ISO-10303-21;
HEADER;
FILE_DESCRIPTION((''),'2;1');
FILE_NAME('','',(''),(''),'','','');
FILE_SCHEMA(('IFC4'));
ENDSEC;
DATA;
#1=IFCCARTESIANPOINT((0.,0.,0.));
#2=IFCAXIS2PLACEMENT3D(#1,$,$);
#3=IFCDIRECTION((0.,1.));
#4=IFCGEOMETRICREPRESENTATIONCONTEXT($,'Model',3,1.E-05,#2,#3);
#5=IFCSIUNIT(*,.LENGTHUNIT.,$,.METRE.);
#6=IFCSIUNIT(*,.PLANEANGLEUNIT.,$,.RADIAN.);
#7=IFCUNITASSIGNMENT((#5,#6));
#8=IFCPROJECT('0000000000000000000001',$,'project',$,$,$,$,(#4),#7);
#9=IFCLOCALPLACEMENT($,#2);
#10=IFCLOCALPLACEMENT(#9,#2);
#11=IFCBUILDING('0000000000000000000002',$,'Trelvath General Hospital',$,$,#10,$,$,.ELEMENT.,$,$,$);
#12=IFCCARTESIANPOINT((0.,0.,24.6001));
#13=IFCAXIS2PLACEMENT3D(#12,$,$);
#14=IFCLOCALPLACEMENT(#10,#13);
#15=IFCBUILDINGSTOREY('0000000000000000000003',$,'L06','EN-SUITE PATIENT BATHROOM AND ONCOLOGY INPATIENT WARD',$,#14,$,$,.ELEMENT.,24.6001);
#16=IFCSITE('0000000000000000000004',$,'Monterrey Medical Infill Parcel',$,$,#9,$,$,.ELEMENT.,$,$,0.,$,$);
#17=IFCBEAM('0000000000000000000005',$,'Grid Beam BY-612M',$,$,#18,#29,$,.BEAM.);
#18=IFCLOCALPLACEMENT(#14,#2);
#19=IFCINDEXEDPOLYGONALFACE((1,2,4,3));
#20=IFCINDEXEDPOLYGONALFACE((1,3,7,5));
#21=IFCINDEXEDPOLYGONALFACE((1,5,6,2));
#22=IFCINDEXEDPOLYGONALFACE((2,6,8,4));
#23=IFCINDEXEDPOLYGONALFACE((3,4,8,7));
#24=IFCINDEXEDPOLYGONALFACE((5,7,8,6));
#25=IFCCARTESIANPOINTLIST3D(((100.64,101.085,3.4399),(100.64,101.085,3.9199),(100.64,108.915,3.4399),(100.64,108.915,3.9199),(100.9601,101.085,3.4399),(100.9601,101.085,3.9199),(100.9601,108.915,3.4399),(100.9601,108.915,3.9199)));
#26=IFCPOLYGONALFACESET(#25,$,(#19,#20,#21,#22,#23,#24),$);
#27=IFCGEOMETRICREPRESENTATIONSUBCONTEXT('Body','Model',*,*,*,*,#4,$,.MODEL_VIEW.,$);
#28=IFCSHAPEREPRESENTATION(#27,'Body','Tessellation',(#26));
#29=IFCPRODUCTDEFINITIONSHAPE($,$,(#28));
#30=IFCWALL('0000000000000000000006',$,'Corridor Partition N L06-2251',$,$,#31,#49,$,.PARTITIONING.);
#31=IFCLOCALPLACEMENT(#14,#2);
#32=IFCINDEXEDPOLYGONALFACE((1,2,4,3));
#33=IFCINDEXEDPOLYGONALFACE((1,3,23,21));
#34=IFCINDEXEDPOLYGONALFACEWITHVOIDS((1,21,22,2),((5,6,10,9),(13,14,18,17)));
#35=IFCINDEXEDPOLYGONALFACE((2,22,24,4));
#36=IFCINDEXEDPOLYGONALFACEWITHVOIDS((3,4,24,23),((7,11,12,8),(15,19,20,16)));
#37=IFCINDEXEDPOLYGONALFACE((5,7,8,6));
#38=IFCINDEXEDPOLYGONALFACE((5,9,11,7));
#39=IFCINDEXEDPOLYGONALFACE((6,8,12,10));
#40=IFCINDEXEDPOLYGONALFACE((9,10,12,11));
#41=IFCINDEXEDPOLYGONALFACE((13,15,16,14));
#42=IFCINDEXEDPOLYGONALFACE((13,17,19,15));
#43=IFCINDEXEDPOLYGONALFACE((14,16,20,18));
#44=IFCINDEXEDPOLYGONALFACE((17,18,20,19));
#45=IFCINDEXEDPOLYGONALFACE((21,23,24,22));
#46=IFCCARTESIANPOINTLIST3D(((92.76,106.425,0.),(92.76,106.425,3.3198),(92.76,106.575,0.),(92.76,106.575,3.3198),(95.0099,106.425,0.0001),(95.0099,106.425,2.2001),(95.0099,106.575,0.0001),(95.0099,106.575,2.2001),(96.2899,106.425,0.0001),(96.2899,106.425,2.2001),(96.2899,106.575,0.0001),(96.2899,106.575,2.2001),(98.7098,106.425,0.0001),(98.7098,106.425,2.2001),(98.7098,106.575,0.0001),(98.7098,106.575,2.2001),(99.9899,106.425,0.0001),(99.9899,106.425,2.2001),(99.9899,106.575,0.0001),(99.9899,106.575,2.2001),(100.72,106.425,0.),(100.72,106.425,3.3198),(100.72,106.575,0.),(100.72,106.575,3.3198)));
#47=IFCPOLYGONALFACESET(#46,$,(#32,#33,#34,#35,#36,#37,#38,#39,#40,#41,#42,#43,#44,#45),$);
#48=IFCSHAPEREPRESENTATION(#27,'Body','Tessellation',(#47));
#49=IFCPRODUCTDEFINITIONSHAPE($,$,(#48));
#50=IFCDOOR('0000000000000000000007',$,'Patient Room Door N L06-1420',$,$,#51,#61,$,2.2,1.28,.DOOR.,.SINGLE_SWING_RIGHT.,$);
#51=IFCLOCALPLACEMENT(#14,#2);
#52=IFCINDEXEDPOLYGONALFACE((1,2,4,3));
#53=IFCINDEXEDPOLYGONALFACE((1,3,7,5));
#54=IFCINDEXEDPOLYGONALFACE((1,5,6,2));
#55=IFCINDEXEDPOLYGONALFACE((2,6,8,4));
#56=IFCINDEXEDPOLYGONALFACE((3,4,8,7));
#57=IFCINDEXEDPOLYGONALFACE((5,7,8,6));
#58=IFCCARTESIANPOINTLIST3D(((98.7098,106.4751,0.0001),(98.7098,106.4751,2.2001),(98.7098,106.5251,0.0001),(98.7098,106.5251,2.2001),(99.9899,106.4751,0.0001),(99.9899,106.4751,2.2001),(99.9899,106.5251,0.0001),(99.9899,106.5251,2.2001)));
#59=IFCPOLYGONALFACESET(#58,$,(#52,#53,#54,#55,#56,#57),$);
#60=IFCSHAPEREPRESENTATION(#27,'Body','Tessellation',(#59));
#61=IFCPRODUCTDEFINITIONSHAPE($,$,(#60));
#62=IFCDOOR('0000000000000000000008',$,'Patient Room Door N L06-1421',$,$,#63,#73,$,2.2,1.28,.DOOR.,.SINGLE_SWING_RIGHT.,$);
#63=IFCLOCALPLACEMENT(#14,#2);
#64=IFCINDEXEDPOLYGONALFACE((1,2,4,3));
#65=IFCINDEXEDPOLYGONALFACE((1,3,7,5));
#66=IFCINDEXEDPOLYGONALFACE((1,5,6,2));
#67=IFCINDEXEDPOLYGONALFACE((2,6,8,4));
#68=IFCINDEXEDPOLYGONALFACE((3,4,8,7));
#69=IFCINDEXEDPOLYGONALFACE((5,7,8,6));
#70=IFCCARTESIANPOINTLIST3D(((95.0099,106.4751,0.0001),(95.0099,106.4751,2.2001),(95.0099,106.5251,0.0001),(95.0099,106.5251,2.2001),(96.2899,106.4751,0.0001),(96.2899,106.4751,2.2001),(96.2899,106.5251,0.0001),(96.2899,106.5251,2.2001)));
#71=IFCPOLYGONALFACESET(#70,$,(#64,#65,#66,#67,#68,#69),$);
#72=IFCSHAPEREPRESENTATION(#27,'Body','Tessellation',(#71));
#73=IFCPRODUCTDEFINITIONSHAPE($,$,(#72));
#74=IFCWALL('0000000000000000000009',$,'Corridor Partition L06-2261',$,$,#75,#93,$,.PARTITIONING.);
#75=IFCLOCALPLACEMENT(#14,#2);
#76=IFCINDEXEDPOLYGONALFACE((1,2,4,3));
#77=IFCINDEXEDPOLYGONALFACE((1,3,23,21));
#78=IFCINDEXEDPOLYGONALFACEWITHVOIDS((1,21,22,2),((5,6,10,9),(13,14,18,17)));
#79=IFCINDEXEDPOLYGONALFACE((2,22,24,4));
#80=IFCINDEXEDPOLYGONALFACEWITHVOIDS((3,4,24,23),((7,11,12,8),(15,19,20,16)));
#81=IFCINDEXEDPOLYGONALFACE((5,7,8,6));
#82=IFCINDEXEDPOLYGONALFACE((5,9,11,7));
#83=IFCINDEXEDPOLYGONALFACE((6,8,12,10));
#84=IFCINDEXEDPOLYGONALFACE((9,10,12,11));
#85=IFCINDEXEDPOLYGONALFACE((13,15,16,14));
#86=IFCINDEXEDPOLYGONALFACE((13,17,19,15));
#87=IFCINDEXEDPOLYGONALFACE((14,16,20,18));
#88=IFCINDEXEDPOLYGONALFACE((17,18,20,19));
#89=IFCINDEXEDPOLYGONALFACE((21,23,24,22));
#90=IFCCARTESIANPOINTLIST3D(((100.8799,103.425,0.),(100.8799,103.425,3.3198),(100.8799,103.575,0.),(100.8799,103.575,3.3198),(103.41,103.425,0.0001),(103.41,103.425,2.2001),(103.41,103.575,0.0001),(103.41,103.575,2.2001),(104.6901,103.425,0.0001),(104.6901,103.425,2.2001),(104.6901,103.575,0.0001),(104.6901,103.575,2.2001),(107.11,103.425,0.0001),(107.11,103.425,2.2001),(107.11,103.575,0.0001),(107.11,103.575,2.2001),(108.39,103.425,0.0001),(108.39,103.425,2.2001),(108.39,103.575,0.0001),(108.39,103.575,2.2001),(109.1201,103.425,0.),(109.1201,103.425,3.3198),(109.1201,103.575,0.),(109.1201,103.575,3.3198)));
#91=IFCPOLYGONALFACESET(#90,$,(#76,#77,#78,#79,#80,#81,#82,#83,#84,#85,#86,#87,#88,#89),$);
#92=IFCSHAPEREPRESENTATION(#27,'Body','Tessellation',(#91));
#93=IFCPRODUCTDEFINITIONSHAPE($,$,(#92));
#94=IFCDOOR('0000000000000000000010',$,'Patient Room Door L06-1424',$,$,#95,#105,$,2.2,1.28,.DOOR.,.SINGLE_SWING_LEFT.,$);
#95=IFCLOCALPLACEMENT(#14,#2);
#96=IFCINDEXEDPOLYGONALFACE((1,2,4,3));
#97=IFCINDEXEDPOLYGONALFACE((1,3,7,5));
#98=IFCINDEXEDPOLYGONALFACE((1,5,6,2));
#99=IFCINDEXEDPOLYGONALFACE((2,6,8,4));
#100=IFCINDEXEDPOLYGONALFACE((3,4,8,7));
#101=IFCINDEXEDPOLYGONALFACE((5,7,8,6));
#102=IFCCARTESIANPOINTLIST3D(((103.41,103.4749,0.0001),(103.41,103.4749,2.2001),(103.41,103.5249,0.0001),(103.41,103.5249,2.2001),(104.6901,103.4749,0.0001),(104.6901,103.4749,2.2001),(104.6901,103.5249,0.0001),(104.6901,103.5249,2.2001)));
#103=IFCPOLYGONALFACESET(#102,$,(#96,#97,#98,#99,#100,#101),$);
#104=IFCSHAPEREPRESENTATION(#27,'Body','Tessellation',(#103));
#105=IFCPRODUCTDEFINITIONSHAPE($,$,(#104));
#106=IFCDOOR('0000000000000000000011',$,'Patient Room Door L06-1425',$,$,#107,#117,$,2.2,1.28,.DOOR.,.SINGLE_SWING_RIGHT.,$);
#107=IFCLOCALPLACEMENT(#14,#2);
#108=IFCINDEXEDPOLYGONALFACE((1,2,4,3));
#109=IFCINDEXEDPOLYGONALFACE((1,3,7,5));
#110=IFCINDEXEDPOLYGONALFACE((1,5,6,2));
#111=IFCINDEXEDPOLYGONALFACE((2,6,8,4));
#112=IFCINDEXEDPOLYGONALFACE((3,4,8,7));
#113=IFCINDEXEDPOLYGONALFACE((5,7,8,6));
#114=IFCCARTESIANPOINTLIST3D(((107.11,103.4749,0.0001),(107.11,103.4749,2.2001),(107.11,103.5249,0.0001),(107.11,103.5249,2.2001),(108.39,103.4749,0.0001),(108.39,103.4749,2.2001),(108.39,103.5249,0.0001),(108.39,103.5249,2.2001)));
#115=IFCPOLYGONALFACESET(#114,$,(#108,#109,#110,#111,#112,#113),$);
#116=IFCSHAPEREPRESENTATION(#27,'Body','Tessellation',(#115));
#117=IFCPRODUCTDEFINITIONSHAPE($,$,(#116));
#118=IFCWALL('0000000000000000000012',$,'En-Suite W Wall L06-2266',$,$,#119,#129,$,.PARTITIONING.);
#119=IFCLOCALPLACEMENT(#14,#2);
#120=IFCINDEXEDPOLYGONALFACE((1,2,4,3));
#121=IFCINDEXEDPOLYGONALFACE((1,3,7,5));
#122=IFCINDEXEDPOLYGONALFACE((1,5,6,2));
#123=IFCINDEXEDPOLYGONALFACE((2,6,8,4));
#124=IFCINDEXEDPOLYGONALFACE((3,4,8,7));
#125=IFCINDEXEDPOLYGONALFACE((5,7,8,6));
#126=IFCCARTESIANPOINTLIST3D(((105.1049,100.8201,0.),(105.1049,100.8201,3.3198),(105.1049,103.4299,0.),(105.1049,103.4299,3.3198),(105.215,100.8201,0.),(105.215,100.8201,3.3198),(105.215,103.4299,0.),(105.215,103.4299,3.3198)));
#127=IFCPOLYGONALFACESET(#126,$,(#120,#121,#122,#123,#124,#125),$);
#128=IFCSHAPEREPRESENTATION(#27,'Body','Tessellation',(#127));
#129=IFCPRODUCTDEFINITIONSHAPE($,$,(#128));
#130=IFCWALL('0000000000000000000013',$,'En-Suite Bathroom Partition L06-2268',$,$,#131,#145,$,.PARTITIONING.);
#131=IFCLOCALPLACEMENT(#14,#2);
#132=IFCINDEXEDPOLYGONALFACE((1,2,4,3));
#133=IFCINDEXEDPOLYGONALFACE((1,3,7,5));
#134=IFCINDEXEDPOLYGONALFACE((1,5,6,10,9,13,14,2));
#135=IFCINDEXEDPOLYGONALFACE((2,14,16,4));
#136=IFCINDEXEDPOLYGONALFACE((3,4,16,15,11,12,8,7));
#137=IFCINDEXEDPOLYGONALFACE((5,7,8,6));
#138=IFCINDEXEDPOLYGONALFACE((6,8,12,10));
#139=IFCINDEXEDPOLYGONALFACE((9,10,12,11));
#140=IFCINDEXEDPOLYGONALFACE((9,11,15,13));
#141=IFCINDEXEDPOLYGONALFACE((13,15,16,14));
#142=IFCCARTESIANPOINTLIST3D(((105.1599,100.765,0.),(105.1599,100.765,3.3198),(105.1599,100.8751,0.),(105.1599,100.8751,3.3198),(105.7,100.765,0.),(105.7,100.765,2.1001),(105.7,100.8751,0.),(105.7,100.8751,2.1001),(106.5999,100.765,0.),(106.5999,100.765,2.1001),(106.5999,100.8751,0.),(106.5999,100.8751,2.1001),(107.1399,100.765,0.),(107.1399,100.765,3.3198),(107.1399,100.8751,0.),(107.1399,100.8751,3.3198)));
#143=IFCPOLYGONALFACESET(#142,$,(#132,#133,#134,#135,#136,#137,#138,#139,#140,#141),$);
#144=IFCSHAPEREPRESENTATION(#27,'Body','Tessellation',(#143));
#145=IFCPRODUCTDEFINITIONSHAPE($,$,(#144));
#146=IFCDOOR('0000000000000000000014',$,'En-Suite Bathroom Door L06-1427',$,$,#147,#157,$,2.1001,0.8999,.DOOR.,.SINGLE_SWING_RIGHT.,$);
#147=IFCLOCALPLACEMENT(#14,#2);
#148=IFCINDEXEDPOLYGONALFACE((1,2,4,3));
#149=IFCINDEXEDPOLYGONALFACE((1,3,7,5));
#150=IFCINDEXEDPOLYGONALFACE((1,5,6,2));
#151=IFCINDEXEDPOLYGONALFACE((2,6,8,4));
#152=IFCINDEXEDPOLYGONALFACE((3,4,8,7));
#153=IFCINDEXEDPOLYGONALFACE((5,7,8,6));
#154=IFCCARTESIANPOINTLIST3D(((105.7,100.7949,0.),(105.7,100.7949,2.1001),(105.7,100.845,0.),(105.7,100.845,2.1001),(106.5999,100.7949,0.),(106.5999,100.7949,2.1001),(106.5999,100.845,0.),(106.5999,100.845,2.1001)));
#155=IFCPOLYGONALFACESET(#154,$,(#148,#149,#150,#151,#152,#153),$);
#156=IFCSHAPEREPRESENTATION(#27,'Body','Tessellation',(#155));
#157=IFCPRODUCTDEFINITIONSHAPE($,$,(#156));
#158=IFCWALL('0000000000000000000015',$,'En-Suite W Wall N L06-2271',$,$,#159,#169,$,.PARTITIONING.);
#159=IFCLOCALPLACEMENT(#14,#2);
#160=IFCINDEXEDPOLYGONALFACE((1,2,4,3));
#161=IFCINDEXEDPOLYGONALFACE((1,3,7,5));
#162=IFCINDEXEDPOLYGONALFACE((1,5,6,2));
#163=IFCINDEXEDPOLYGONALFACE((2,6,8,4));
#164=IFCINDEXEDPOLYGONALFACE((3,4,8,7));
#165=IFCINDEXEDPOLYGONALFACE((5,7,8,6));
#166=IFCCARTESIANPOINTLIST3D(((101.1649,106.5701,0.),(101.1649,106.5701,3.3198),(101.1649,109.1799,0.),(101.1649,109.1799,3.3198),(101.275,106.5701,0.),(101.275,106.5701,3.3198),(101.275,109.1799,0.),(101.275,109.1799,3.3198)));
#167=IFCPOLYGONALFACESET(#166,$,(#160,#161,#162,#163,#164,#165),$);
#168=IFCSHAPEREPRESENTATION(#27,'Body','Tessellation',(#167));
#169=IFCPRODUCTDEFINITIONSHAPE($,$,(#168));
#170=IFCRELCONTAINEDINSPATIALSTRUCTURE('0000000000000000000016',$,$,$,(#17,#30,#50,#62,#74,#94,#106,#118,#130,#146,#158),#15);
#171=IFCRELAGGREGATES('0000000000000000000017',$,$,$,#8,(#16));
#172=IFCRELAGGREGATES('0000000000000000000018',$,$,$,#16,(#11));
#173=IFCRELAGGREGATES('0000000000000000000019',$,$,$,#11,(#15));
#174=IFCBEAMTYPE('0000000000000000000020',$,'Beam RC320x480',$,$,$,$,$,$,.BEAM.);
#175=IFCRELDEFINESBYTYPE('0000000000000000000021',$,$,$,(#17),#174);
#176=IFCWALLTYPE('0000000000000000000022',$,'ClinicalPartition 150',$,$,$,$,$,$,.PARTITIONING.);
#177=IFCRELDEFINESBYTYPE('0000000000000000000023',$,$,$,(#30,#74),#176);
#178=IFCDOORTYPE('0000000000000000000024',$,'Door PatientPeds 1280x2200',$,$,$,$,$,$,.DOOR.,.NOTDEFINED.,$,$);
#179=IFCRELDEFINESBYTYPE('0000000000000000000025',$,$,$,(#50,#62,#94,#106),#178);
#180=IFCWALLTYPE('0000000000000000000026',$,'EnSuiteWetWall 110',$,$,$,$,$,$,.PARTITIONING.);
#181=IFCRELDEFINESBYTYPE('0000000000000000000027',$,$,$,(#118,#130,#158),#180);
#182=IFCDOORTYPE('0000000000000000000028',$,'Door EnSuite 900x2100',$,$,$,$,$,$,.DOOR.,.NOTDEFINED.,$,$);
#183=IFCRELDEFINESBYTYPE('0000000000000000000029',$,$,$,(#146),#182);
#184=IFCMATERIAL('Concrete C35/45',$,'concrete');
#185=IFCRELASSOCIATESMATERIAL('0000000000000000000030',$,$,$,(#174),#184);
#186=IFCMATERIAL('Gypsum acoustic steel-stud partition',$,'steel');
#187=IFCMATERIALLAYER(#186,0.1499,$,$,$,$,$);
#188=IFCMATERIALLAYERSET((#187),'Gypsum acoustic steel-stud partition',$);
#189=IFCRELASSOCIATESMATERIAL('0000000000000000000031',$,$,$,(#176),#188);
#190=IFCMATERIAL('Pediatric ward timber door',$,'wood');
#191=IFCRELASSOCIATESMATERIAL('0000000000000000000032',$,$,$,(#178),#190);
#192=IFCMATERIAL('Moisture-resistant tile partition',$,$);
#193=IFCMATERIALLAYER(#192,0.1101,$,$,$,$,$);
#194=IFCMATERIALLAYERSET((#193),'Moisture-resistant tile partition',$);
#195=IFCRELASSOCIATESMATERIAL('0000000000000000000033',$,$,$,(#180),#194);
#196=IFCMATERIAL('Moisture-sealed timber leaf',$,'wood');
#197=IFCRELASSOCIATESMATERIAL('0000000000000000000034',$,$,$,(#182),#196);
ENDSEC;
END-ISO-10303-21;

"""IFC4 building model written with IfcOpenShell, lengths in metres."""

from ifc_helpers import new_model, si_unit, direction, frame, frame_2d, origin, origin_2d, place, context, subcontext, project, spatial, rectangle, extrude, material, layer, layer_set, material_profile, profile_set, type_object, element, fill, save


model = new_model("IFC4")

# Units and contexts
model_context = context("Model", 3, precision=1e-05, world=origin(), true_north=direction((0.0, 1.0)))
body_context = subcontext(model_context, "Body", "Model", "MODEL_VIEW")
ifc_project = project(units=[si_unit("LENGTHUNIT", "METRE"), si_unit("PLANEANGLEUNIT", "RADIAN")], contexts=[model_context])

# Site, building, storey
site_placement = place(None, origin())
site = spatial("IfcSite", under=ifc_project, at=site_placement, Name="Monterrey Medical Infill Parcel", CompositionType="ELEMENT", RefElevation=0.0)
building_placement = place(site_placement, origin())
building = spatial("IfcBuilding", under=site, at=building_placement, Name="Trelvath General Hospital", CompositionType="ELEMENT")
storey_placement = place(building_placement, frame((0.0, 0.0, 24.6001)))
storey = spatial("IfcBuildingStorey", under=building, at=storey_placement, Name="L06", Description="EN-SUITE PATIENT BATHROOM AND ONCOLOGY INPATIENT WARD", CompositionType="ELEMENT", Elevation=24.6001)

# Beam
ifc_material_1 = material(Name="Concrete C35/45", Category="concrete")
ifc_material_profile = material_profile(ifc_material_1, rectangle(XDim=0.3201, YDim=0.48, at=origin_2d()), Name="RCB320x480")
ifc_profile_set = profile_set([ifc_material_profile], Name="Concrete C35/45")
beam_type = type_object("IfcBeamType", Name="Beam RC320x480", PredefinedType="BEAM", material=ifc_profile_set)
beam_placement = place(storey_placement, frame((100.8, 101.085, 3.6799), z_axis=(0.0, 1.0, 0.0), x_axis=(-1.0, 0.0, 0.0)))
element("IfcBeam", 1, at=beam_placement, inside=storey, type_object=beam_type, Name="Grid Beam BY-612M", PredefinedType="BEAM", context=body_context, shape_type="SweptSolid", body=[
    extrude(rectangle(XDim=0.3201, YDim=0.48, at=origin_2d()), origin(), (0.0, 0.0, 1.0), 7.8301),
])

# Walls, openings, doors
ifc_material_2 = material(Name="Gypsum acoustic steel-stud partition", Category="steel")
ifc_layer_1 = layer(ifc_material_2, 0.1499)
ifc_layer_set_1 = layer_set([ifc_layer_1], Name="Gypsum acoustic steel-stud partition")
wall_type_1 = type_object("IfcWallType", Name="ClinicalPartition 150", PredefinedType="PARTITIONING", material=ifc_layer_set_1)
wall_1_placement = place(storey_placement, frame((100.72, 106.5, 0.0), z_axis=(0.0, 0.0, 1.0), x_axis=(-1.0, 0.0, 0.0)))
wall_1 = element("IfcWall", 2, at=wall_1_placement, inside=storey, type_object=wall_type_1, Name="Corridor Partition N L06-2251", PredefinedType="PARTITIONING", context=body_context, shape_type="SweptSolid", body=[
    extrude(rectangle(XDim=7.96, YDim=0.1499, at=frame_2d((3.98, 0.0))), origin(), (0.0, 0.0, 1.0), 3.3198),
])
opening_1_placement = place(wall_1_placement, frame((0.73, 0.0, 0.0)))
opening_1 = element("IfcOpeningElement", 3, at=opening_1_placement, cuts=wall_1, PredefinedType="OPENING", context=body_context, shape_type="SweptSolid", body=[
    extrude(rectangle(XDim=1.28, YDim=2.2, at=frame_2d((0.6401, 1.1001))), frame((0.0, 0.085, 0.0), z_axis=(0.0, -1.0, 0.0), x_axis=(1.0, 0.0, 0.0)), (0.0, 0.0, 1.0), 0.1699),
])
opening_2_placement = place(wall_1_placement, frame((4.4299, 0.0, 0.0)))
opening_2 = element("IfcOpeningElement", 4, at=opening_2_placement, cuts=wall_1, PredefinedType="OPENING", context=body_context, shape_type="SweptSolid", body=[
    extrude(rectangle(XDim=1.28, YDim=2.2, at=frame_2d((0.6401, 1.1001))), frame((0.0, 0.085, 0.0), z_axis=(0.0, -1.0, 0.0), x_axis=(1.0, 0.0, 0.0)), (0.0, 0.0, 1.0), 0.1699),
])
ifc_material_3 = material(Name="Pediatric ward timber door", Category="wood")
door_type_1 = type_object("IfcDoorType", Name="Door PatientPeds 1280x2200", OperationType="NOTDEFINED", PredefinedType="DOOR", material=ifc_material_3)
door_1_placement = place(opening_1_placement, origin())
door_1 = element("IfcDoor", 5, at=door_1_placement, inside=storey, type_object=door_type_1, Name="Patient Room Door N L06-1420", OperationType="SINGLE_SWING_RIGHT", OverallHeight=2.2, OverallWidth=1.28, PredefinedType="DOOR", context=body_context, shape_type="SweptSolid", body=[
    extrude(rectangle(XDim=1.28, YDim=2.2, at=frame_2d((0.6401, 1.1001))), frame((0.0, 0.0249, 0.0), z_axis=(0.0, -1.0, 0.0), x_axis=(1.0, 0.0, 0.0)), (0.0, 0.0, 1.0), 0.05),
])
fill(opening_1, door_1)
door_2_placement = place(opening_2_placement, origin())
door_2 = element("IfcDoor", 6, at=door_2_placement, inside=storey, type_object=door_type_1, Name="Patient Room Door N L06-1421", OperationType="SINGLE_SWING_RIGHT", OverallHeight=2.2, OverallWidth=1.28, PredefinedType="DOOR", context=body_context, shape_type="SweptSolid", body=[
    extrude(rectangle(XDim=1.28, YDim=2.2, at=frame_2d((0.6401, 1.1001))), frame((0.0, 0.0249, 0.0), z_axis=(0.0, -1.0, 0.0), x_axis=(1.0, 0.0, 0.0)), (0.0, 0.0, 1.0), 0.05),
])
fill(opening_2, door_2)
wall_2_placement = place(storey_placement, frame((100.8799, 103.5, 0.0), z_axis=(0.0, 0.0, 1.0), x_axis=(1.0, 0.0, 0.0)))
wall_2 = element("IfcWall", 7, at=wall_2_placement, inside=storey, type_object=wall_type_1, Name="Corridor Partition L06-2261", PredefinedType="PARTITIONING", context=body_context, shape_type="SweptSolid", body=[
    extrude(rectangle(XDim=8.2402, YDim=0.1499, at=frame_2d((4.1201, 0.0))), origin(), (0.0, 0.0, 1.0), 3.3198),
])
opening_3_placement = place(wall_2_placement, frame((2.53, 0.0, 0.0)))
opening_3 = element("IfcOpeningElement", 8, at=opening_3_placement, cuts=wall_2, PredefinedType="OPENING", context=body_context, shape_type="SweptSolid", body=[
    extrude(rectangle(XDim=1.28, YDim=2.2, at=frame_2d((0.6401, 1.1001))), frame((0.0, 0.085, 0.0), z_axis=(0.0, -1.0, 0.0), x_axis=(1.0, 0.0, 0.0)), (0.0, 0.0, 1.0), 0.1699),
])
opening_4_placement = place(wall_2_placement, frame((6.23, 0.0, 0.0)))
opening_4 = element("IfcOpeningElement", 9, at=opening_4_placement, cuts=wall_2, PredefinedType="OPENING", context=body_context, shape_type="SweptSolid", body=[
    extrude(rectangle(XDim=1.28, YDim=2.2, at=frame_2d((0.6401, 1.1001))), frame((0.0, 0.085, 0.0), z_axis=(0.0, -1.0, 0.0), x_axis=(1.0, 0.0, 0.0)), (0.0, 0.0, 1.0), 0.1699),
])
door_3_placement = place(opening_3_placement, origin())
door_3 = element("IfcDoor", 10, at=door_3_placement, inside=storey, type_object=door_type_1, Name="Patient Room Door L06-1424", OperationType="SINGLE_SWING_LEFT", OverallHeight=2.2, OverallWidth=1.28, PredefinedType="DOOR", context=body_context, shape_type="SweptSolid", body=[
    extrude(rectangle(XDim=1.28, YDim=2.2, at=frame_2d((0.6401, 1.1001))), frame((0.0, 0.0249, 0.0), z_axis=(0.0, -1.0, 0.0), x_axis=(1.0, 0.0, 0.0)), (0.0, 0.0, 1.0), 0.05),
])
fill(opening_3, door_3)
door_4_placement = place(opening_4_placement, origin())
door_4 = element("IfcDoor", 11, at=door_4_placement, inside=storey, type_object=door_type_1, Name="Patient Room Door L06-1425", OperationType="SINGLE_SWING_RIGHT", OverallHeight=2.2, OverallWidth=1.28, PredefinedType="DOOR", context=body_context, shape_type="SweptSolid", body=[
    extrude(rectangle(XDim=1.28, YDim=2.2, at=frame_2d((0.6401, 1.1001))), frame((0.0, 0.0249, 0.0), z_axis=(0.0, -1.0, 0.0), x_axis=(1.0, 0.0, 0.0)), (0.0, 0.0, 1.0), 0.05),
])
fill(opening_4, door_4)

# Wall
ifc_material_4 = material(Name="Moisture-resistant tile partition")
ifc_layer_2 = layer(ifc_material_4, 0.1101)
ifc_layer_set_2 = layer_set([ifc_layer_2], Name="Moisture-resistant tile partition")
wall_type_2 = type_object("IfcWallType", Name="EnSuiteWetWall 110", PredefinedType="PARTITIONING", material=ifc_layer_set_2)
wall_3_placement = place(storey_placement, frame((105.1599, 100.8201, 0.0), z_axis=(0.0, 0.0, 1.0), x_axis=(0.0, 1.0, 0.0)))
element("IfcWall", 12, at=wall_3_placement, inside=storey, type_object=wall_type_2, Name="En-Suite W Wall L06-2266", PredefinedType="PARTITIONING", context=body_context, shape_type="SweptSolid", body=[
    extrude(rectangle(XDim=2.6099, YDim=0.1101, at=frame_2d((1.3049, 0.0))), origin(), (0.0, 0.0, 1.0), 3.3198),
])

# Wall, opening, door
wall_4_placement = place(storey_placement, frame((105.1599, 100.8201, 0.0), z_axis=(0.0, 0.0, 1.0), x_axis=(1.0, 0.0, 0.0)))
wall_4 = element("IfcWall", 13, at=wall_4_placement, inside=storey, type_object=wall_type_2, Name="En-Suite Bathroom Partition L06-2268", PredefinedType="PARTITIONING", context=body_context, shape_type="SweptSolid", body=[
    extrude(rectangle(XDim=1.98, YDim=0.1101, at=frame_2d((0.99, 0.0))), origin(), (0.0, 0.0, 1.0), 3.3198),
])
opening_5_placement = place(wall_4_placement, frame((0.54, 0.0, 0.0)))
opening_5 = element("IfcOpeningElement", 14, at=opening_5_placement, cuts=wall_4, PredefinedType="OPENING", context=body_context, shape_type="SweptSolid", body=[
    extrude(rectangle(XDim=0.8999, YDim=2.1001, at=frame_2d((0.45, 1.05))), frame((0.0, 0.0649, 0.0), z_axis=(0.0, -1.0, 0.0), x_axis=(1.0, 0.0, 0.0)), (0.0, 0.0, 1.0), 0.1301),
])
ifc_material_5 = material(Name="Moisture-sealed timber leaf", Category="wood")
door_type_2 = type_object("IfcDoorType", Name="Door EnSuite 900x2100", OperationType="NOTDEFINED", PredefinedType="DOOR", material=ifc_material_5)
door_5_placement = place(opening_5_placement, origin())
door_5 = element("IfcDoor", 15, at=door_5_placement, inside=storey, type_object=door_type_2, Name="En-Suite Bathroom Door L06-1427", OperationType="SINGLE_SWING_RIGHT", OverallHeight=2.1001, OverallWidth=0.8999, PredefinedType="DOOR", context=body_context, shape_type="SweptSolid", body=[
    extrude(rectangle(XDim=0.8999, YDim=2.1001, at=frame_2d((0.45, 1.05))), frame((0.0, 0.0249, 0.0), z_axis=(0.0, -1.0, 0.0), x_axis=(1.0, 0.0, 0.0)), (0.0, 0.0, 1.0), 0.05),
])
fill(opening_5, door_5)

# Wall
for number, where, z_axis, x_axis, name in (
    (16, (101.22, 106.5701, 0.0), (0.0, 0.0, 1.0), (0.0, 1.0, 0.0), "En-Suite W Wall N L06-2271"),
):
    element("IfcWall", number, at=place(storey_placement, frame(where, z_axis=z_axis, x_axis=x_axis)), inside=storey, type_object=wall_type_2, Name=name, PredefinedType="PARTITIONING", context=body_context, shape_type="SweptSolid", body=[
        extrude(rectangle(XDim=2.6099, YDim=0.1101, at=frame_2d((1.3049, 0.0))), origin(), (0.0, 0.0, 1.0), 3.3198),
    ])

save(model, "model.ifc")
